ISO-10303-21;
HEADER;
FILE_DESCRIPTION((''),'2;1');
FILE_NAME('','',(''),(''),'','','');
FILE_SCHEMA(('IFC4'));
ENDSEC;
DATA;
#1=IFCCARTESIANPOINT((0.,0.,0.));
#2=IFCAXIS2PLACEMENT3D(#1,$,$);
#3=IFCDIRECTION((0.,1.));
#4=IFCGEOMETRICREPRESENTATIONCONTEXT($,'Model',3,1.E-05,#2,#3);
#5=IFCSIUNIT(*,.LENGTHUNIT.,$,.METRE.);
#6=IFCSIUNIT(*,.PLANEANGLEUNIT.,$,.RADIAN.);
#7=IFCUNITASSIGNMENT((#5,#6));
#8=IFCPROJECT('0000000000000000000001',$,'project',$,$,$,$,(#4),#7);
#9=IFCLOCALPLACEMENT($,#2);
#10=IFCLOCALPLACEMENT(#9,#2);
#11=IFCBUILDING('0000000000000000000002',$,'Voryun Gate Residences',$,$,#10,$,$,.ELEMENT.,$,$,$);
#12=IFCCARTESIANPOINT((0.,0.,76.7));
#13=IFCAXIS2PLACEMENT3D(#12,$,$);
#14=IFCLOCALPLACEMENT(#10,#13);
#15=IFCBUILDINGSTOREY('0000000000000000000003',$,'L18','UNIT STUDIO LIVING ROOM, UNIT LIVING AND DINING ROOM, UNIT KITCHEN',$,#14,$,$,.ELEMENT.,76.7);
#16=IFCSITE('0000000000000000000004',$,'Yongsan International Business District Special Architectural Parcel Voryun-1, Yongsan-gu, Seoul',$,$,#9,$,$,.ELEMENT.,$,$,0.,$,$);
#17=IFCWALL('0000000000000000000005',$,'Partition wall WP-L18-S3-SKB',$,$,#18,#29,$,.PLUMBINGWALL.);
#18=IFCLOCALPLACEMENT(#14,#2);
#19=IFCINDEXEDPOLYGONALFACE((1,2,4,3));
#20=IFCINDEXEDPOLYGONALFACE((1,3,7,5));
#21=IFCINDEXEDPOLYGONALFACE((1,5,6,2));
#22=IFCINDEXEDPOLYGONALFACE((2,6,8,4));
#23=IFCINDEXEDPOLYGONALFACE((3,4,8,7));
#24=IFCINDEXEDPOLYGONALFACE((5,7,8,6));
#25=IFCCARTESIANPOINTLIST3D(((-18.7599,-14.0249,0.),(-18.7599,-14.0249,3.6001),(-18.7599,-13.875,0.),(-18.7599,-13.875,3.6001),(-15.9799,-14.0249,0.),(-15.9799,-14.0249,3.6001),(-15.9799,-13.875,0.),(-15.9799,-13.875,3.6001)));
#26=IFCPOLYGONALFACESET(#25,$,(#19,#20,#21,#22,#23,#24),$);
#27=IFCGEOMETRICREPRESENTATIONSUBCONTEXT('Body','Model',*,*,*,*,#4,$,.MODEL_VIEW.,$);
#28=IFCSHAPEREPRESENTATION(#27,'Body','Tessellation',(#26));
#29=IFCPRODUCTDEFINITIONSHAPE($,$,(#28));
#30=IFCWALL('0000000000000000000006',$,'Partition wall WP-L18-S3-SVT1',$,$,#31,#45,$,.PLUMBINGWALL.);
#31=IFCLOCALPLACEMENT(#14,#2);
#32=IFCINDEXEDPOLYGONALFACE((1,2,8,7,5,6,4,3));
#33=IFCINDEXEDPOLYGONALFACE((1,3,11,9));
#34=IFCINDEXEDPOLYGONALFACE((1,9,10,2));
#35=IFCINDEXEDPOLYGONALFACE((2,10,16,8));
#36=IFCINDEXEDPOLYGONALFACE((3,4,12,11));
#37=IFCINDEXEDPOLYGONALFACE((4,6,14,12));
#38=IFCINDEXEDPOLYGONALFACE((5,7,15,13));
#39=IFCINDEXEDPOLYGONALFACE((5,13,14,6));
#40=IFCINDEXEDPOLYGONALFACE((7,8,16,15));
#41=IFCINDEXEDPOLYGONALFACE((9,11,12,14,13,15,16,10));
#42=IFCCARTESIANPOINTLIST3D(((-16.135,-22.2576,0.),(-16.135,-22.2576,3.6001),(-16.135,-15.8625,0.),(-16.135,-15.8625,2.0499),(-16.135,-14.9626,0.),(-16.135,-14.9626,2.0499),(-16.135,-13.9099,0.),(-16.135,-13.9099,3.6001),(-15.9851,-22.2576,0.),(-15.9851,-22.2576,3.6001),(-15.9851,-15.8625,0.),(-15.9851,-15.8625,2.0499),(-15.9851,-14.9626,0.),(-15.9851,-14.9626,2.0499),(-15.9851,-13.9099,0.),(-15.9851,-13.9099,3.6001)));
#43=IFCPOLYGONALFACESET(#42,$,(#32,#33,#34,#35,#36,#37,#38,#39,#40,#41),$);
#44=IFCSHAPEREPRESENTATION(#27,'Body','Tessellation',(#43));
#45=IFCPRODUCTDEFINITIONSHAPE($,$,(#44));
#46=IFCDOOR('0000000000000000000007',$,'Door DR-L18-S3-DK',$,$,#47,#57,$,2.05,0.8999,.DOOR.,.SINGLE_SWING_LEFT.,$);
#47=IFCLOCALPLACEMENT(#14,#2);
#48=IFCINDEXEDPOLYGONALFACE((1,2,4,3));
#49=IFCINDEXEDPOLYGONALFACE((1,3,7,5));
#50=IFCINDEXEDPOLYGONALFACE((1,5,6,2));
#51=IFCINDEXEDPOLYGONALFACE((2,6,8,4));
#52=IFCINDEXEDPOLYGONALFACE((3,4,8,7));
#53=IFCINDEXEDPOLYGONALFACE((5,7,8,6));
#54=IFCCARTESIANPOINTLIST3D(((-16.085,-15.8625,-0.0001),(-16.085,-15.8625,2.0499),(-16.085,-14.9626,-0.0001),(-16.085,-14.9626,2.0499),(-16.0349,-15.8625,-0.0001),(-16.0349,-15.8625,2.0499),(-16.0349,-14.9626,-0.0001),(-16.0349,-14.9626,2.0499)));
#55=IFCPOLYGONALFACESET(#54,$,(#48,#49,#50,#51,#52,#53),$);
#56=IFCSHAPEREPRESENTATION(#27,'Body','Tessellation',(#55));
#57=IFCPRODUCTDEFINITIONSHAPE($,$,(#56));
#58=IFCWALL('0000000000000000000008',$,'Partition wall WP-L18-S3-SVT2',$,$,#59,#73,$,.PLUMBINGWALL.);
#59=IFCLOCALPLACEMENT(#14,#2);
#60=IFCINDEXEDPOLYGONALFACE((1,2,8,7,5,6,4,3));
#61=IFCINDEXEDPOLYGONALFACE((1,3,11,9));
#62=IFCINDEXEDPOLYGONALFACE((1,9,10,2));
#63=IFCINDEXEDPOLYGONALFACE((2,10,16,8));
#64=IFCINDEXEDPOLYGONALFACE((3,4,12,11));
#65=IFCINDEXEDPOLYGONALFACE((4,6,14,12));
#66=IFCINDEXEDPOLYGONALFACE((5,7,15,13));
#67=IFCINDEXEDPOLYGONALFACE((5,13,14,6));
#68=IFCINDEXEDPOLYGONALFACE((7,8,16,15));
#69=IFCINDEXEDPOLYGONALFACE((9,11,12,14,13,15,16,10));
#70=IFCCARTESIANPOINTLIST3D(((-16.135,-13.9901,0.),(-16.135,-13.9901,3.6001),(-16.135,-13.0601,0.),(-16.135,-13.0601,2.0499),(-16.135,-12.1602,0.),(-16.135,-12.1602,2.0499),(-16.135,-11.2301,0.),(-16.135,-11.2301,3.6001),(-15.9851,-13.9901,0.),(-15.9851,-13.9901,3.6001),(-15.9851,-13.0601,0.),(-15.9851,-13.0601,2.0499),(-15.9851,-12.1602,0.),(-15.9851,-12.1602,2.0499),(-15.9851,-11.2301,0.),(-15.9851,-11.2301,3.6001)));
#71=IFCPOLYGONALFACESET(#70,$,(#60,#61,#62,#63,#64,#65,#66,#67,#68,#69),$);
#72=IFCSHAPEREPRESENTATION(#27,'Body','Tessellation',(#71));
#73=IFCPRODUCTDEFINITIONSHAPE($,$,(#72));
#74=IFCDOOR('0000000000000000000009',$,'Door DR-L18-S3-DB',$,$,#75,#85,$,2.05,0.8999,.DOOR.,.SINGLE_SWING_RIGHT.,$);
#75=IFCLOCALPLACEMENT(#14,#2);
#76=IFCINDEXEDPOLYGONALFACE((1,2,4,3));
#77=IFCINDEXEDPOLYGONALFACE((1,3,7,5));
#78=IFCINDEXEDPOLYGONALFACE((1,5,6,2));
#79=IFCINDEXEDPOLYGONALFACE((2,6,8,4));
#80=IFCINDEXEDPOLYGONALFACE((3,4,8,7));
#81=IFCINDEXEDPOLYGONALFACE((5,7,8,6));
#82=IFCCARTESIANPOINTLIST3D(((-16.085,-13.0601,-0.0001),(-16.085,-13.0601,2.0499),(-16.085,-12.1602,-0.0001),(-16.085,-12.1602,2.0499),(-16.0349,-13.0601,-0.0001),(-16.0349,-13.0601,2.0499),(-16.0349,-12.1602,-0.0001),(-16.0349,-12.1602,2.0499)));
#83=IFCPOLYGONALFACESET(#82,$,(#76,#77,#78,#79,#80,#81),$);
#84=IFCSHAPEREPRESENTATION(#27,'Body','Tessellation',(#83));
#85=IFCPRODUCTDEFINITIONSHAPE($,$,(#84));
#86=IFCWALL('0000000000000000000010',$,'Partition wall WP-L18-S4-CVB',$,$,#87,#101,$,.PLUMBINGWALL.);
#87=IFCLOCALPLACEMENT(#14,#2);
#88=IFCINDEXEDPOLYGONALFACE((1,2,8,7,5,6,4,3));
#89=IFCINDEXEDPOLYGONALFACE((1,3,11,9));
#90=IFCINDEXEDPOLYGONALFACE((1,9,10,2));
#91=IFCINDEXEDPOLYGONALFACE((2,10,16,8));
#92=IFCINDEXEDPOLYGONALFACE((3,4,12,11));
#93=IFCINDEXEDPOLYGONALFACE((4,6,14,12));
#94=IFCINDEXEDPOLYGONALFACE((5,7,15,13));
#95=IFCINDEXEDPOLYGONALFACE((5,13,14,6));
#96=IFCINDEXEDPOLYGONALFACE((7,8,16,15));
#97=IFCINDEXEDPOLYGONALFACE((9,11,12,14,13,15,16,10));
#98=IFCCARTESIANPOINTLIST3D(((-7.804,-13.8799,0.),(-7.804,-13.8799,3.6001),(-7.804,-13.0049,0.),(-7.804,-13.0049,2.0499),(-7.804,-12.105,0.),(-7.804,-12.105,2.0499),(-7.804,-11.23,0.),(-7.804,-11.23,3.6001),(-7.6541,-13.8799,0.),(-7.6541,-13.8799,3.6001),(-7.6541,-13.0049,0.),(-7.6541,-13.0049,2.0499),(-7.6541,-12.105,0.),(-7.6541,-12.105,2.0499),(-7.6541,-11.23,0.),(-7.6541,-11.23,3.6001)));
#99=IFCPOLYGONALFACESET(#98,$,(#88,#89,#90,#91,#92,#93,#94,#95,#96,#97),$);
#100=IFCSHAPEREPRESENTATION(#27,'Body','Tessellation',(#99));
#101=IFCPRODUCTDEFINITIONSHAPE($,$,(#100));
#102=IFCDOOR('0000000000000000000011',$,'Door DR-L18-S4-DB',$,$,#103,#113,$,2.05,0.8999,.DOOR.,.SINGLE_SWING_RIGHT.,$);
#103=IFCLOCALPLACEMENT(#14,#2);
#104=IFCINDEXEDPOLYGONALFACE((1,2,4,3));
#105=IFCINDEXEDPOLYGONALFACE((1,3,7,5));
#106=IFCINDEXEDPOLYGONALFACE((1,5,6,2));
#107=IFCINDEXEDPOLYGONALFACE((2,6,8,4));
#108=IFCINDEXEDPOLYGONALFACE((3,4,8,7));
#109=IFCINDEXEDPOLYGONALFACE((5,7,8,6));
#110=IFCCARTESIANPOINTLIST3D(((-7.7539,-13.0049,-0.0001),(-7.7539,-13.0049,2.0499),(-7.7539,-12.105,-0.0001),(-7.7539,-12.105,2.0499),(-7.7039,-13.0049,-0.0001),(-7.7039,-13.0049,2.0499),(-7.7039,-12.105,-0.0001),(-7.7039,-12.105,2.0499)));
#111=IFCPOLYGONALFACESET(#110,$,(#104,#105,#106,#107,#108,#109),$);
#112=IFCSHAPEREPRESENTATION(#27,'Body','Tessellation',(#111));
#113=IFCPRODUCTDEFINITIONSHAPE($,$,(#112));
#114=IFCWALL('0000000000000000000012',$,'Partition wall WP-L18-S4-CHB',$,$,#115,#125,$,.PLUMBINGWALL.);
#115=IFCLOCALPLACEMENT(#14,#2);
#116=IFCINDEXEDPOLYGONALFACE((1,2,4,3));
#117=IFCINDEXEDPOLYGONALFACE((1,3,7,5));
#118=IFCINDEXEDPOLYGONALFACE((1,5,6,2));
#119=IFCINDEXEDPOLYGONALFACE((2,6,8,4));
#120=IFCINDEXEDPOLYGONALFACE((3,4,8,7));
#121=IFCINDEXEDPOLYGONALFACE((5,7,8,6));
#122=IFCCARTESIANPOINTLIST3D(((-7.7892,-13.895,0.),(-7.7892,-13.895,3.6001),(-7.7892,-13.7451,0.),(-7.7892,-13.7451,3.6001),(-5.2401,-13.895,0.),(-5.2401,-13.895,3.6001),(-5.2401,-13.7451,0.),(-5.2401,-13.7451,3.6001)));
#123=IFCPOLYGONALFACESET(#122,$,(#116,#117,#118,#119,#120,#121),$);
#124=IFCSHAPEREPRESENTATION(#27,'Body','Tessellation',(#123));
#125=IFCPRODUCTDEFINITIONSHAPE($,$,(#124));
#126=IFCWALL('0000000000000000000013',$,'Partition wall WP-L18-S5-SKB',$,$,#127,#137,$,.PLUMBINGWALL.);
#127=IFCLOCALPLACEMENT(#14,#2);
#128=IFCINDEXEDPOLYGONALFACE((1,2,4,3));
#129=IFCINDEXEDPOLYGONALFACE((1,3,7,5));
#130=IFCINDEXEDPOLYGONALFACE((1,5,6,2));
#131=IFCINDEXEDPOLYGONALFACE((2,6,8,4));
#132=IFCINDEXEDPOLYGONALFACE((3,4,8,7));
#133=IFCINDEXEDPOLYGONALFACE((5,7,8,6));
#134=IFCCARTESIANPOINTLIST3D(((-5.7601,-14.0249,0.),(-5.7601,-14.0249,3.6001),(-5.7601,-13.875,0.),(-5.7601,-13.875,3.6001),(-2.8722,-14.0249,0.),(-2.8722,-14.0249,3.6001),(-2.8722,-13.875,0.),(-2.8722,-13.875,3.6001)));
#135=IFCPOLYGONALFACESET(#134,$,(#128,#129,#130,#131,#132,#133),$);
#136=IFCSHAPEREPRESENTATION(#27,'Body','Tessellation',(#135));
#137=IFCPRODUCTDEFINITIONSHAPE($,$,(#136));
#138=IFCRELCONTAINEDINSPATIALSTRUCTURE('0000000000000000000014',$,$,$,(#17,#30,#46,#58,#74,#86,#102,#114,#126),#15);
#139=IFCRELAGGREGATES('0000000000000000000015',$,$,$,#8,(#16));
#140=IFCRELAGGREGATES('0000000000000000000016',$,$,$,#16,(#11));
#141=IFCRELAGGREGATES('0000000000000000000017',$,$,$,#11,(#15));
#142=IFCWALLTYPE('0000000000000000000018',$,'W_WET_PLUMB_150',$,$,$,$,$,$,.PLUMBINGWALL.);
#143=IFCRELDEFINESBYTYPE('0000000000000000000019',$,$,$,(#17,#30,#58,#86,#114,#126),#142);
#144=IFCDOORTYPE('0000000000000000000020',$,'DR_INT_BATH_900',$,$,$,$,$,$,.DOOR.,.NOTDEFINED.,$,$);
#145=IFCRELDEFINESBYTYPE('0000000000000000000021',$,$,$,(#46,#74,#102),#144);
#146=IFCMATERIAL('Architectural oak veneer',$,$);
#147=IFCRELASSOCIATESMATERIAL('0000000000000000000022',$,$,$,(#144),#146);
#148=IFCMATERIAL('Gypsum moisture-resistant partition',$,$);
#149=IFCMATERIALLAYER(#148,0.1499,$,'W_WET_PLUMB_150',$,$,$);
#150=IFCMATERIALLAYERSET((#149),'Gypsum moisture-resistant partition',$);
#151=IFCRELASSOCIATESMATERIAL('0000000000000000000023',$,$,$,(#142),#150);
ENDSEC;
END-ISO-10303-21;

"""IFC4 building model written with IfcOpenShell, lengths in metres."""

from ifc_helpers import new_model, si_unit, direction, frame, frame_2d, origin, place, context, subcontext, project, spatial, rectangle, extrude, material, layer, layer_set, type_object, element, fill, save


model = new_model("IFC4")

# Units and contexts
model_context = context("Model", 3, precision=1e-05, world=origin(), true_north=direction((0.0, 1.0)))
body_context = subcontext(model_context, "Body", "Model", "MODEL_VIEW")
ifc_project = project(units=[si_unit("LENGTHUNIT", "METRE"), si_unit("PLANEANGLEUNIT", "RADIAN")], contexts=[model_context])

# Site, building, storey
site_placement = place(None, origin())
site = spatial("IfcSite", under=ifc_project, at=site_placement, Name="Yongsan International Business District Special Architectural Parcel Voryun-1, Yongsan-gu, Seoul", CompositionType="ELEMENT", RefElevation=0.0)
building_placement = place(site_placement, origin())
building = spatial("IfcBuilding", under=site, at=building_placement, Name="Voryun Gate Residences", CompositionType="ELEMENT")
storey_placement = place(building_placement, frame((0.0, 0.0, 76.7)))
storey = spatial("IfcBuildingStorey", under=building, at=storey_placement, Name="L18", Description="UNIT STUDIO LIVING ROOM, UNIT LIVING AND DINING ROOM, UNIT KITCHEN", CompositionType="ELEMENT", Elevation=76.7)

# Shared definitions
ifc_material_1 = material(Name="Architectural oak veneer")
door_type_1 = type_object("IfcDoorType", Name="DR_INT_BATH_900", OperationType="NOTDEFINED", PredefinedType="DOOR", material=ifc_material_1)

# Wall
ifc_material_2 = material(Name="Gypsum moisture-resistant partition")
ifc_layer_1 = layer(ifc_material_2, 0.1499, Name="W_WET_PLUMB_150")
ifc_layer_set_1 = layer_set([ifc_layer_1], Name="Gypsum moisture-resistant partition")
wall_type_1 = type_object("IfcWallType", Name="W_WET_PLUMB_150", PredefinedType="PLUMBINGWALL", material=ifc_layer_set_1)
wall_1_placement = place(storey_placement, frame((-18.76, -13.95, 0.0), z_axis=(0.0, 0.0, 1.0), x_axis=(1.0, 0.0, 0.0)))
element("IfcWall", 1, at=wall_1_placement, inside=storey, type_object=wall_type_1, Name="Partition wall WP-L18-S3-SKB", PredefinedType="PLUMBINGWALL", context=body_context, shape_type="SweptSolid", body=[
    extrude(rectangle(XDim=2.78, YDim=0.1499, at=frame_2d((1.3901, 0.0))), origin(), (0.0, 0.0, 1.0), 3.6001),
])

# Walls, openings, doors
wall_2_placement = place(storey_placement, frame((-16.0601, -22.2576, 0.0), z_axis=(0.0, 0.0, 1.0), x_axis=(0.0, 1.0, 0.0)))
wall_2 = element("IfcWall", 2, at=wall_2_placement, inside=storey, type_object=wall_type_1, Name="Partition wall WP-L18-S3-SVT1", PredefinedType="PLUMBINGWALL", context=body_context, shape_type="SweptSolid", body=[
    extrude(rectangle(XDim=8.3477, YDim=0.1499, at=frame_2d((4.1738, 0.0))), origin(), (0.0, 0.0, 1.0), 3.6001),
])
opening_1_placement = place(wall_2_placement, frame((6.395, 0.0, 0.0)))
opening_1 = element("IfcOpeningElement", 3, at=opening_1_placement, cuts=wall_2, PredefinedType="OPENING", context=body_context, shape_type="SweptSolid", body=[
    extrude(rectangle(XDim=0.8999, YDim=2.05, at=frame_2d((0.45, 1.0249))), frame((0.0, 0.085, 0.0), z_axis=(0.0, -1.0, 0.0), x_axis=(1.0, 0.0, 0.0)), (0.0, 0.0, 1.0), 0.1699),
])
door_1_placement = place(opening_1_placement, origin())
door_1 = element("IfcDoor", 4, at=door_1_placement, inside=storey, type_object=door_type_1, Name="Door DR-L18-S3-DK", OperationType="SINGLE_SWING_LEFT", OverallHeight=2.05, OverallWidth=0.8999, PredefinedType="DOOR", context=body_context, shape_type="SweptSolid", body=[
    extrude(rectangle(XDim=0.8999, YDim=2.05, at=frame_2d((0.45, 1.0249))), frame((0.0, 0.0249, 0.0), z_axis=(0.0, -1.0, 0.0), x_axis=(1.0, 0.0, 0.0)), (0.0, 0.0, 1.0), 0.05),
])
fill(opening_1, door_1)
wall_3_placement = place(storey_placement, frame((-16.0601, -13.99, 0.0), z_axis=(0.0, 0.0, 1.0), x_axis=(0.0, 1.0, 0.0)))
wall_3 = element("IfcWall", 5, at=wall_3_placement, inside=storey, type_object=wall_type_1, Name="Partition wall WP-L18-S3-SVT2", PredefinedType="PLUMBINGWALL", context=body_context, shape_type="SweptSolid", body=[
    extrude(rectangle(XDim=2.76, YDim=0.1499, at=frame_2d((1.3799, 0.0))), origin(), (0.0, 0.0, 1.0), 3.6001),
])
opening_2_placement = place(wall_3_placement, frame((0.9299, 0.0, 0.0)))
opening_2 = element("IfcOpeningElement", 6, at=opening_2_placement, cuts=wall_3, PredefinedType="OPENING", context=body_context, shape_type="SweptSolid", body=[
    extrude(rectangle(XDim=0.8999, YDim=2.05, at=frame_2d((0.45, 1.0249))), frame((0.0, 0.085, 0.0), z_axis=(0.0, -1.0, 0.0), x_axis=(1.0, 0.0, 0.0)), (0.0, 0.0, 1.0), 0.1699),
])
door_2_placement = place(opening_2_placement, origin())
door_2 = element("IfcDoor", 7, at=door_2_placement, inside=storey, type_object=door_type_1, Name="Door DR-L18-S3-DB", OperationType="SINGLE_SWING_RIGHT", OverallHeight=2.05, OverallWidth=0.8999, PredefinedType="DOOR", context=body_context, shape_type="SweptSolid", body=[
    extrude(rectangle(XDim=0.8999, YDim=2.05, at=frame_2d((0.45, 1.0249))), frame((0.0, 0.0249, 0.0), z_axis=(0.0, -1.0, 0.0), x_axis=(1.0, 0.0, 0.0)), (0.0, 0.0, 1.0), 0.05),
])
fill(opening_2, door_2)
wall_4_placement = place(storey_placement, frame((-7.729, -13.8799, 0.0), z_axis=(0.0, 0.0, 1.0), x_axis=(0.0, 1.0, 0.0)))
wall_4 = element("IfcWall", 8, at=wall_4_placement, inside=storey, type_object=wall_type_1, Name="Partition wall WP-L18-S4-CVB", PredefinedType="PLUMBINGWALL", context=body_context, shape_type="SweptSolid", body=[
    extrude(rectangle(XDim=2.6499, YDim=0.1499, at=frame_2d((1.325, 0.0))), origin(), (0.0, 0.0, 1.0), 3.6001),
])
opening_3_placement = place(wall_4_placement, frame((0.875, 0.0, 0.0)))
opening_3 = element("IfcOpeningElement", 9, at=opening_3_placement, cuts=wall_4, PredefinedType="OPENING", context=body_context, shape_type="SweptSolid", body=[
    extrude(rectangle(XDim=0.8999, YDim=2.05, at=frame_2d((0.45, 1.0249))), frame((0.0, 0.085, 0.0), z_axis=(0.0, -1.0, 0.0), x_axis=(1.0, 0.0, 0.0)), (0.0, 0.0, 1.0), 0.1699),
])
door_3_placement = place(opening_3_placement, origin())
door_3 = element("IfcDoor", 10, at=door_3_placement, inside=storey, type_object=door_type_1, Name="Door DR-L18-S4-DB", OperationType="SINGLE_SWING_RIGHT", OverallHeight=2.05, OverallWidth=0.8999, PredefinedType="DOOR", context=body_context, shape_type="SweptSolid", body=[
    extrude(rectangle(XDim=0.8999, YDim=2.05, at=frame_2d((0.45, 1.0249))), frame((0.0, 0.0249, 0.0), z_axis=(0.0, -1.0, 0.0), x_axis=(1.0, 0.0, 0.0)), (0.0, 0.0, 1.0), 0.05),
])
fill(opening_3, door_3)

# Walls
wall_5_placement = place(storey_placement, frame((-7.7891, -13.8201, 0.0), z_axis=(0.0, 0.0, 1.0), x_axis=(1.0, 0.0, 0.0)))
element("IfcWall", 11, at=wall_5_placement, inside=storey, type_object=wall_type_1, Name="Partition wall WP-L18-S4-CHB", PredefinedType="PLUMBINGWALL", context=body_context, shape_type="SweptSolid", body=[
    extrude(rectangle(XDim=2.5491, YDim=0.1499, at=frame_2d((1.2744, 0.0))), origin(), (0.0, 0.0, 1.0), 3.6001),
])
wall_6_placement = place(storey_placement, frame((-5.76, -13.95, 0.0), z_axis=(0.0, 0.0, 1.0), x_axis=(1.0, 0.0, 0.0)))
element("IfcWall", 12, at=wall_6_placement, inside=storey, type_object=wall_type_1, Name="Partition wall WP-L18-S5-SKB", PredefinedType="PLUMBINGWALL", context=body_context, shape_type="SweptSolid", body=[
    extrude(rectangle(XDim=2.8879, YDim=0.1499, at=frame_2d((1.4438, 0.0))), origin(), (0.0, 0.0, 1.0), 3.6001),
])

save(model, "model.ifc")
